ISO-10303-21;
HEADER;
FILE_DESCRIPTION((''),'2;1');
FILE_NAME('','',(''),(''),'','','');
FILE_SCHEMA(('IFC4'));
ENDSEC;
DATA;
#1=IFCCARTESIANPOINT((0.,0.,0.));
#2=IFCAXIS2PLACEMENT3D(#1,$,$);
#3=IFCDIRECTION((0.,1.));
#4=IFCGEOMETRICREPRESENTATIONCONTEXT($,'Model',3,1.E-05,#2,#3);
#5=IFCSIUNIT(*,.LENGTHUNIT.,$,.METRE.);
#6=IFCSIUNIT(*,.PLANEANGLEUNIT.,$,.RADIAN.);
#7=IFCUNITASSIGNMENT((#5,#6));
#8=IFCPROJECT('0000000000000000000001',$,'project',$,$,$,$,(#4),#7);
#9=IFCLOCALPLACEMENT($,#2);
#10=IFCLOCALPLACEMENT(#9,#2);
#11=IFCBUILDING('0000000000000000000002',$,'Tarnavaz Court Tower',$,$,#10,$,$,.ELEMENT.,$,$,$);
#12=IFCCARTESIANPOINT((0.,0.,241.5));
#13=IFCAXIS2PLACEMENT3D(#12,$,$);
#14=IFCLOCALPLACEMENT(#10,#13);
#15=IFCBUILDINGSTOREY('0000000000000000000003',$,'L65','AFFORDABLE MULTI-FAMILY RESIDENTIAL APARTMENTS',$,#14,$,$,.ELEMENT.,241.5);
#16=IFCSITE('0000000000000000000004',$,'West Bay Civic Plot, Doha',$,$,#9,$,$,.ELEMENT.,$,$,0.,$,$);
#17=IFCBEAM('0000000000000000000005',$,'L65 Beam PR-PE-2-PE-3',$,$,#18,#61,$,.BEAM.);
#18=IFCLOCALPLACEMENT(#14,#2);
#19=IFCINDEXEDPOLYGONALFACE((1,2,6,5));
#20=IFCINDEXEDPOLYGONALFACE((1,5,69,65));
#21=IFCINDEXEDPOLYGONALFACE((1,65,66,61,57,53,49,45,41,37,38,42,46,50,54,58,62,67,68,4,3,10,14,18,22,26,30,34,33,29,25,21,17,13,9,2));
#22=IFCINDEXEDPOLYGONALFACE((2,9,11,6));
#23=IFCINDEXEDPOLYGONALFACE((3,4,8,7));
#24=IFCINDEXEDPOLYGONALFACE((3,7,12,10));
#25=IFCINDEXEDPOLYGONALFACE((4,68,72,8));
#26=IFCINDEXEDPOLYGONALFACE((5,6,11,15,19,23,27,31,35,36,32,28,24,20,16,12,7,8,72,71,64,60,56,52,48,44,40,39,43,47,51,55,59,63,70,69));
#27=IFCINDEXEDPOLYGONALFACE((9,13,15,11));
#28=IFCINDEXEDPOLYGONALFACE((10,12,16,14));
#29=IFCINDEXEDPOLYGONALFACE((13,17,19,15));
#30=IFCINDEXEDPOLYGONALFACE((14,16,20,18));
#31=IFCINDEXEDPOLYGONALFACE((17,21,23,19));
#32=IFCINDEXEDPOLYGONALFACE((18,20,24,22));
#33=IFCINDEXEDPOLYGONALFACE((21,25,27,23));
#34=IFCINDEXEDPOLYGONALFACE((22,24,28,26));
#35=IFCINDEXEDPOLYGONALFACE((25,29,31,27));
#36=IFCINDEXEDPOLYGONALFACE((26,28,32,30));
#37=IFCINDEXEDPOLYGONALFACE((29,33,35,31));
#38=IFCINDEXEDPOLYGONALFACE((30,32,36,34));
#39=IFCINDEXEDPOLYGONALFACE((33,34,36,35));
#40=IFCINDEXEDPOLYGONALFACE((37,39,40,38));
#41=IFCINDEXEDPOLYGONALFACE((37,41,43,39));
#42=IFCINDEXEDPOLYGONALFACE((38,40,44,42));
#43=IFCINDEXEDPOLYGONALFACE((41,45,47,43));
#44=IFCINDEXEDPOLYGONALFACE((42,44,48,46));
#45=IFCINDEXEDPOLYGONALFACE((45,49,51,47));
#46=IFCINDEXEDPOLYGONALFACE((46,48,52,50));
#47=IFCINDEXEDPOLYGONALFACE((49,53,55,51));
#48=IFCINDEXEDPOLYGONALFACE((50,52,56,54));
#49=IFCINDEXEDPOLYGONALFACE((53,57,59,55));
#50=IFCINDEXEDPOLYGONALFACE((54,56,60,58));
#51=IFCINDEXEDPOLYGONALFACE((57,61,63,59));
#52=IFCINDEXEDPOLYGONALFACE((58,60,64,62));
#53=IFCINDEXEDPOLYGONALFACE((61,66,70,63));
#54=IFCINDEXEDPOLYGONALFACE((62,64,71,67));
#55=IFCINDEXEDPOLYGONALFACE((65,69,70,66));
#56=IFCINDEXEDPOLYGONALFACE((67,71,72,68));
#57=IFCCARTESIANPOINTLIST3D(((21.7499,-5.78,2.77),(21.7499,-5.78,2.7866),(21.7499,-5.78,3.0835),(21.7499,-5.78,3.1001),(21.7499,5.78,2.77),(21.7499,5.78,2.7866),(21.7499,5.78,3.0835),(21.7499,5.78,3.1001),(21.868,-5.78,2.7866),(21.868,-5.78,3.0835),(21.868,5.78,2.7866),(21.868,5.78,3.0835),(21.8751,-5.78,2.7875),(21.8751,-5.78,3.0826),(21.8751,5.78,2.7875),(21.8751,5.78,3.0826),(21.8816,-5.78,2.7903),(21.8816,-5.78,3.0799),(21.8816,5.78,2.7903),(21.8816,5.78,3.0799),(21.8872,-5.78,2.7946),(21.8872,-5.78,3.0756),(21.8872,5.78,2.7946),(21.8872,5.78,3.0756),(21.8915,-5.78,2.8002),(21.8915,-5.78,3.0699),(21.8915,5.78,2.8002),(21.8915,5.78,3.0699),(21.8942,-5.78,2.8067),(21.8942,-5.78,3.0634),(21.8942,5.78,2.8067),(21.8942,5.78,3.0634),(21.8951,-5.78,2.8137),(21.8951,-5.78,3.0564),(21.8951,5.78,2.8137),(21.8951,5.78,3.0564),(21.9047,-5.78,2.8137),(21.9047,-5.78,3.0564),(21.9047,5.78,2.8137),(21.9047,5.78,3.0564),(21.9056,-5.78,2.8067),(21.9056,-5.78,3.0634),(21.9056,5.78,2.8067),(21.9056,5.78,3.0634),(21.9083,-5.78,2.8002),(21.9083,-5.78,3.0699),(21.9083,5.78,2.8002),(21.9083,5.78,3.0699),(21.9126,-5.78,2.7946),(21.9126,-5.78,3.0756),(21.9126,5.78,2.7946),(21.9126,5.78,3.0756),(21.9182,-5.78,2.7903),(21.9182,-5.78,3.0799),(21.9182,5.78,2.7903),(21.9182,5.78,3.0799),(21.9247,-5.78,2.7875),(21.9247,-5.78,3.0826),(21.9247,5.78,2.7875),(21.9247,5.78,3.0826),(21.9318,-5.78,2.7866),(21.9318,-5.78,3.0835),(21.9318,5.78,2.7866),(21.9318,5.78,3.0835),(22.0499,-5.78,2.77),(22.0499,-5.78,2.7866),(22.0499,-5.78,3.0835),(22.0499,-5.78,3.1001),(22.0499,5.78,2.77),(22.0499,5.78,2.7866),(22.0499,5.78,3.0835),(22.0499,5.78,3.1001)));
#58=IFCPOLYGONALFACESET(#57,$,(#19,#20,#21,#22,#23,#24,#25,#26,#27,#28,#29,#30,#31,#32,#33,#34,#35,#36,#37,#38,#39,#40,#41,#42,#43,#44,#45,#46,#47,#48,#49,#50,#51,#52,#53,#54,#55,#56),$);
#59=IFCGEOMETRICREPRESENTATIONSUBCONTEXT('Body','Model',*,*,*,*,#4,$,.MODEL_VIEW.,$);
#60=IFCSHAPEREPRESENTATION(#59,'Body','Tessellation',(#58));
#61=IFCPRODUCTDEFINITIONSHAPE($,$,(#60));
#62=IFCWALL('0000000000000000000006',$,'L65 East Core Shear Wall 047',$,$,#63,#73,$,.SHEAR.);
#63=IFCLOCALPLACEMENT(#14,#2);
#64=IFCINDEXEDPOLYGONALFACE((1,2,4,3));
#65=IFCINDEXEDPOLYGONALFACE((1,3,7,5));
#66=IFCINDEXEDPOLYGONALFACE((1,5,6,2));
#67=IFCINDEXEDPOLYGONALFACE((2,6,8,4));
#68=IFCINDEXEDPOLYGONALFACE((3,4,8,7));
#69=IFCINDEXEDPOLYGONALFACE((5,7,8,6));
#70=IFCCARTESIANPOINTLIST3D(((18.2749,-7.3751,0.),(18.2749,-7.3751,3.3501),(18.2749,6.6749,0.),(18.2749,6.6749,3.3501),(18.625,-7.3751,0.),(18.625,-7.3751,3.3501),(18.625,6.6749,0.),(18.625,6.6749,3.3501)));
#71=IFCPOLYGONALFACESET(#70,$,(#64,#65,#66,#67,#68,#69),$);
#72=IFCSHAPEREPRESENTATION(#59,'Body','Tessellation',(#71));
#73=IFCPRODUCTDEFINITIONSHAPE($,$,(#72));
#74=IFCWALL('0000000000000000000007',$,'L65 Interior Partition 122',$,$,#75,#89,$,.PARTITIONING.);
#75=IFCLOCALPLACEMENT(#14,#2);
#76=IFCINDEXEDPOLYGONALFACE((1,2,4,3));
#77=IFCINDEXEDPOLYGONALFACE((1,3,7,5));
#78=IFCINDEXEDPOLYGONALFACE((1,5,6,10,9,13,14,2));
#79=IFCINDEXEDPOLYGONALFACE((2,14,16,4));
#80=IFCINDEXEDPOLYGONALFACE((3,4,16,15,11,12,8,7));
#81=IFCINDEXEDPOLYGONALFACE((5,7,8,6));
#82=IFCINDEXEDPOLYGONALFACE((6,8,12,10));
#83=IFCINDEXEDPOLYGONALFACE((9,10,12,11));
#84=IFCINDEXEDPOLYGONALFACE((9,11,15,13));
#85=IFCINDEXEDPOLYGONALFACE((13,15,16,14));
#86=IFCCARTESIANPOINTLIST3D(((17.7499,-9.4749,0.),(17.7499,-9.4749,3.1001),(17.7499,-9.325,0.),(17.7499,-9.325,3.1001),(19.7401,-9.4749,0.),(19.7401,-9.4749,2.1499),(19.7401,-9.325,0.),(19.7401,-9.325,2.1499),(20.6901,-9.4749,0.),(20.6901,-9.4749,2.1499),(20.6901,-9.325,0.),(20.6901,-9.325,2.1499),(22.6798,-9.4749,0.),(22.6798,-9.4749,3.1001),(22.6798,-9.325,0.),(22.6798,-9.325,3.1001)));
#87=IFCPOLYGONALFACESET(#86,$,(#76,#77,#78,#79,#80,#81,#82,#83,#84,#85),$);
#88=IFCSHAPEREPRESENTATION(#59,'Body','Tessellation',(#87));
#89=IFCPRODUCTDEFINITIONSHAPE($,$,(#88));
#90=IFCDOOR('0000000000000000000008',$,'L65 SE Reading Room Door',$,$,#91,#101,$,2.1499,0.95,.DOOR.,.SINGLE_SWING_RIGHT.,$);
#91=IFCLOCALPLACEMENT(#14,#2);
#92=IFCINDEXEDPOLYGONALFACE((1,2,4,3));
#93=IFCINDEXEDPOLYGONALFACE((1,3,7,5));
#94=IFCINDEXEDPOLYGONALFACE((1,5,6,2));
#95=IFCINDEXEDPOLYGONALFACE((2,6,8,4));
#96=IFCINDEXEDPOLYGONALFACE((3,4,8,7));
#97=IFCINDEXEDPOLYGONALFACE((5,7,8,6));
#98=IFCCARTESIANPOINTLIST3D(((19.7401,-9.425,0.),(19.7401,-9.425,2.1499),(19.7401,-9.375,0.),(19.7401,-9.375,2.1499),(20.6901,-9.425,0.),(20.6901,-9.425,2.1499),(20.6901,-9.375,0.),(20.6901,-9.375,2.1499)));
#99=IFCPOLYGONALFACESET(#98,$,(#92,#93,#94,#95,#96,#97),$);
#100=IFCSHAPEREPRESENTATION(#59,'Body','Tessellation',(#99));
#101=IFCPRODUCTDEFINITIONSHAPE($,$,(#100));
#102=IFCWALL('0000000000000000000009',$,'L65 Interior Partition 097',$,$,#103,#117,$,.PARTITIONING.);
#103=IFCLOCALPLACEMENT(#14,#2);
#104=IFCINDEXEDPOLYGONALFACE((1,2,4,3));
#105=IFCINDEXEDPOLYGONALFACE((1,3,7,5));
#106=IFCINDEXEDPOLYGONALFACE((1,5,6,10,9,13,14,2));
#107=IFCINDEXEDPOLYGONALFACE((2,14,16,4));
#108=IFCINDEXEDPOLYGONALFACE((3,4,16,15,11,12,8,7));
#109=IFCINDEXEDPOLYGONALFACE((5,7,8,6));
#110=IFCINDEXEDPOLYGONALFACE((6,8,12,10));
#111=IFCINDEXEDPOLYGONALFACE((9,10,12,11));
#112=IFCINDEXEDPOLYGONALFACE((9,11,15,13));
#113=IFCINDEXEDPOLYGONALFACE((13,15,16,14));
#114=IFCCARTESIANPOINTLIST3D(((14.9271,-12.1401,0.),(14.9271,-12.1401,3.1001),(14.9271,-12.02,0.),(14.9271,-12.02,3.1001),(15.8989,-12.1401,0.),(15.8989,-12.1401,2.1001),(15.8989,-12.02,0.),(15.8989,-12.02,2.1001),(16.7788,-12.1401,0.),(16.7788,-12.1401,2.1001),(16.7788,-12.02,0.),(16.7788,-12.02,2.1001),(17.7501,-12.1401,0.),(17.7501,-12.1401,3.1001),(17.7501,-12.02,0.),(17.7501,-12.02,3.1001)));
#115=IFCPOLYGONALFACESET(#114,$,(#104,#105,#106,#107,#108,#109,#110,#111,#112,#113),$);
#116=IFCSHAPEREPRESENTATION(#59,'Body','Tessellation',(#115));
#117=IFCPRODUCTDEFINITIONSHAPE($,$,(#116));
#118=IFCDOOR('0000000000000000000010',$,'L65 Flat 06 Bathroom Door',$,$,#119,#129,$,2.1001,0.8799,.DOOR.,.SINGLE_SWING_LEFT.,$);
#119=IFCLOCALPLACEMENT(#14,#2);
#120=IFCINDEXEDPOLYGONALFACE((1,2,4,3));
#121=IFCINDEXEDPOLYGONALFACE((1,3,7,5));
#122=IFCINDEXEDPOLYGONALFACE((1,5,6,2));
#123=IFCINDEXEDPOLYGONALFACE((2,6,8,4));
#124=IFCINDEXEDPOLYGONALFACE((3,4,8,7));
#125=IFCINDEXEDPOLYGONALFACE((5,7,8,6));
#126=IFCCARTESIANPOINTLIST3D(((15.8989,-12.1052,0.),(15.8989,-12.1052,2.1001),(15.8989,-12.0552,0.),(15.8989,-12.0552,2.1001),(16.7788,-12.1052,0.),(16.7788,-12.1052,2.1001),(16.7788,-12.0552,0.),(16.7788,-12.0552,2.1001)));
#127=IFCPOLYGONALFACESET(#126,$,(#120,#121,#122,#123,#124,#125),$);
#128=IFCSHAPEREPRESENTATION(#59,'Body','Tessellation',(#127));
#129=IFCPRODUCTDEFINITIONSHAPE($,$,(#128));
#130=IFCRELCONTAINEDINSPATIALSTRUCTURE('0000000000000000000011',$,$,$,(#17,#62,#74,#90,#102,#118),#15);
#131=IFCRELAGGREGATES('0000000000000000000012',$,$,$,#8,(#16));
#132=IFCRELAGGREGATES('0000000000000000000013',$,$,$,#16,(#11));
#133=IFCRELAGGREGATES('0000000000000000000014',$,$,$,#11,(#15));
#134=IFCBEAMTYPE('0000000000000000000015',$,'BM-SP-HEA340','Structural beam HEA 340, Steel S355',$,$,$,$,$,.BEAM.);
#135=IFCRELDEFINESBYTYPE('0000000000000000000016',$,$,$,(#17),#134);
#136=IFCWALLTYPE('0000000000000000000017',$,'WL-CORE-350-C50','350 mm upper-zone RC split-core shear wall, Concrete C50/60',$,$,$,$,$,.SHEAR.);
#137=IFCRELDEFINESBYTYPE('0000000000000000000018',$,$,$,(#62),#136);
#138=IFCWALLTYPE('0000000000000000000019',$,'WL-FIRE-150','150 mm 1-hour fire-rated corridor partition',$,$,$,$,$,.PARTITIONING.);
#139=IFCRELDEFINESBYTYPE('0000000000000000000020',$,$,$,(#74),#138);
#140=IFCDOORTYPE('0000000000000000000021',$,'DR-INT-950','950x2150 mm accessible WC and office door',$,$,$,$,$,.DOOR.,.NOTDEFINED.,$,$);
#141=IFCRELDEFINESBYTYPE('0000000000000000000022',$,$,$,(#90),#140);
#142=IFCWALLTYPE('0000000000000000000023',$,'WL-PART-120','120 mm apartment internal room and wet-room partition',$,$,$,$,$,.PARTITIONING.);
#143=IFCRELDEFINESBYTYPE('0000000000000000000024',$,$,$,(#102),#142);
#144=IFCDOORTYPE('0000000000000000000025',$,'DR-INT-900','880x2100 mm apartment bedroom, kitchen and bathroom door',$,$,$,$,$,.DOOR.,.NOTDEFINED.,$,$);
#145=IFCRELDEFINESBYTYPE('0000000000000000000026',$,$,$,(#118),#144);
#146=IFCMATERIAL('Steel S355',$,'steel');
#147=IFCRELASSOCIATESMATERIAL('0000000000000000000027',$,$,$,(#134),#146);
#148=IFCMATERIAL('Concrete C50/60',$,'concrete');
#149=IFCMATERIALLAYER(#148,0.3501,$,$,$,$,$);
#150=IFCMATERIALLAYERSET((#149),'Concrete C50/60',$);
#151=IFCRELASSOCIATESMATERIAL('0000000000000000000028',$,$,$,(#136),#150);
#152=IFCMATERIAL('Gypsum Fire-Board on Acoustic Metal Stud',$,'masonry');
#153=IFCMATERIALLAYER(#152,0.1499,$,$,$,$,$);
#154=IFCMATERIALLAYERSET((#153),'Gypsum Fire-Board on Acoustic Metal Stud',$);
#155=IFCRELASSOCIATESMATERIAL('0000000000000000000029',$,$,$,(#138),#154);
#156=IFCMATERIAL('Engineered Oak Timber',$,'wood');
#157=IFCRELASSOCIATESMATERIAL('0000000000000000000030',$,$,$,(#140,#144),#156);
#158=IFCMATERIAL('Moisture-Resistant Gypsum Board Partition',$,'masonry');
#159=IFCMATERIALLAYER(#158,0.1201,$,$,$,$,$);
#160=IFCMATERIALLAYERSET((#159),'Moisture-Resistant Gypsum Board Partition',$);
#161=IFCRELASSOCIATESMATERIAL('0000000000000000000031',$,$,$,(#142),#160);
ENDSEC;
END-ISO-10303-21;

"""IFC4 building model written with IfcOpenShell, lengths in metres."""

from ifc_helpers import new_model, si_unit, direction, frame, frame_2d, origin, origin_2d, place, context, subcontext, project, spatial, rectangle, i_section, extrude, material, layer, layer_set, material_profile, profile_set, type_object, element, fill, save


model = new_model("IFC4")

# Units and contexts
model_context = context("Model", 3, precision=1e-05, world=origin(), true_north=direction((0.0, 1.0)))
body_context = subcontext(model_context, "Body", "Model", "MODEL_VIEW")
ifc_project = project(units=[si_unit("LENGTHUNIT", "METRE"), si_unit("PLANEANGLEUNIT", "RADIAN")], contexts=[model_context])

# Site, building, storey
site_placement = place(None, origin())
site = spatial("IfcSite", under=ifc_project, at=site_placement, Name="West Bay Civic Plot, Doha", CompositionType="ELEMENT", RefElevation=0.0)
building_placement = place(site_placement, origin())
building = spatial("IfcBuilding", under=site, at=building_placement, Name="Tarnavaz Court Tower", CompositionType="ELEMENT")
storey_placement = place(building_placement, frame((0.0, 0.0, 241.5)))
storey = spatial("IfcBuildingStorey", under=building, at=storey_placement, Name="L65", Description="AFFORDABLE MULTI-FAMILY RESIDENTIAL APARTMENTS", CompositionType="ELEMENT", Elevation=241.5)

# Shared definitions
ifc_material_1 = material(Name="Concrete C50/60", Category="concrete")

# Beam
ifc_material_2 = material(Name="Steel S355", Category="steel")
ifc_material_profile_1 = material_profile(ifc_material_2, i_section(OverallWidth=0.3, OverallDepth=0.3301, WebThickness=0.0095, FlangeThickness=0.0166, FilletRadius=0.0271, at=origin_2d()), Name="HEA 340")
ifc_profile_set_1 = profile_set([ifc_material_profile_1], Name="Steel S355")
beam_type_1 = type_object("IfcBeamType", Name="BM-SP-HEA340", Description="Structural beam HEA 340, Steel S355", PredefinedType="BEAM", material=ifc_profile_set_1)
beam_1_placement = place(storey_placement, frame((21.8999, -5.78, 2.9351), z_axis=(0.0, 1.0, 0.0), x_axis=(-1.0, 0.0, 0.0)))
element("IfcBeam", 1, at=beam_1_placement, inside=storey, type_object=beam_type_1, Name="L65 Beam PR-PE-2-PE-3", PredefinedType="BEAM", context=body_context, shape_type="SweptSolid", body=[
    extrude(i_section(OverallWidth=0.3, OverallDepth=0.3301, WebThickness=0.0095, FlangeThickness=0.0166, FilletRadius=0.0271, at=origin_2d()), origin(), (0.0, 0.0, 1.0), 11.5601),
])

# Wall
ifc_layer_1 = layer(ifc_material_1, 0.3501)
ifc_layer_set_1 = layer_set([ifc_layer_1], Name="Concrete C50/60")
wall_type_1 = type_object("IfcWallType", Name="WL-CORE-350-C50", Description="350 mm upper-zone RC split-core shear wall, Concrete C50/60", PredefinedType="SHEAR", material=ifc_layer_set_1)
wall_1_placement = place(storey_placement, frame((18.45, -7.375, 0.0), z_axis=(0.0, 0.0, 1.0), x_axis=(0.0, 1.0, 0.0)))
element("IfcWall", 2, at=wall_1_placement, inside=storey, type_object=wall_type_1, Name="L65 East Core Shear Wall 047", PredefinedType="SHEAR", context=body_context, shape_type="SweptSolid", body=[
    extrude(rectangle(XDim=14.05, YDim=0.3501, at=frame_2d((7.0249, 0.0))), origin(), (0.0, 0.0, 1.0), 3.3501),
])

# Walls, openings, doors
ifc_material_3 = material(Name="Gypsum Fire-Board on Acoustic Metal Stud", Category="masonry")
ifc_layer_2 = layer(ifc_material_3, 0.1499)
ifc_layer_set_2 = layer_set([ifc_layer_2], Name="Gypsum Fire-Board on Acoustic Metal Stud")
wall_type_2 = type_object("IfcWallType", Name="WL-FIRE-150", Description="150 mm 1-hour fire-rated corridor partition", PredefinedType="PARTITIONING", material=ifc_layer_set_2)
wall_2_placement = place(storey_placement, frame((17.75, -9.3999, 0.0), z_axis=(0.0, 0.0, 1.0), x_axis=(1.0, 0.0, 0.0)))
wall_2 = element("IfcWall", 3, at=wall_2_placement, inside=storey, type_object=wall_type_2, Name="L65 Interior Partition 122", PredefinedType="PARTITIONING", context=body_context, shape_type="SweptSolid", body=[
    extrude(rectangle(XDim=4.9299, YDim=0.1499, at=frame_2d((2.4648, 0.0))), origin(), (0.0, 0.0, 1.0), 3.1001),
])
opening_1_placement = place(wall_2_placement, frame((1.99, 0.0, 0.0)))
opening_1 = element("IfcOpeningElement", 4, at=opening_1_placement, cuts=wall_2, PredefinedType="OPENING", context=body_context, shape_type="SweptSolid", body=[
    extrude(rectangle(XDim=0.95, YDim=2.1499, at=frame_2d((0.4751, 1.075))), frame((0.0, 0.085, 0.0), z_axis=(0.0, -1.0, 0.0), x_axis=(1.0, 0.0, 0.0)), (0.0, 0.0, 1.0), 0.1699),
])
ifc_material_4 = material(Name="Engineered Oak Timber", Category="wood")
door_type_1 = type_object("IfcDoorType", Name="DR-INT-950", Description="950x2150 mm accessible WC and office door", OperationType="NOTDEFINED", PredefinedType="DOOR", material=ifc_material_4)
door_1_placement = place(opening_1_placement, origin())
door_1 = element("IfcDoor", 5, at=door_1_placement, inside=storey, type_object=door_type_1, Name="L65 SE Reading Room Door", OperationType="SINGLE_SWING_RIGHT", OverallHeight=2.1499, OverallWidth=0.95, PredefinedType="DOOR", context=body_context, shape_type="SweptSolid", body=[
    extrude(rectangle(XDim=0.95, YDim=2.1499, at=frame_2d((0.4751, 1.075))), frame((0.0, 0.0249, 0.0), z_axis=(0.0, -1.0, 0.0), x_axis=(1.0, 0.0, 0.0)), (0.0, 0.0, 1.0), 0.05),
])
fill(opening_1, door_1)
ifc_material_5 = material(Name="Moisture-Resistant Gypsum Board Partition", Category="masonry")
ifc_layer_3 = layer(ifc_material_5, 0.1201)
ifc_layer_set_3 = layer_set([ifc_layer_3], Name="Moisture-Resistant Gypsum Board Partition")
wall_type_3 = type_object("IfcWallType", Name="WL-PART-120", Description="120 mm apartment internal room and wet-room partition", PredefinedType="PARTITIONING", material=ifc_layer_set_3)
wall_3_placement = place(storey_placement, frame((14.927, -12.0801, 0.0), z_axis=(0.0, 0.0, 1.0), x_axis=(1.0, 0.0, 0.0)))
wall_3 = element("IfcWall", 6, at=wall_3_placement, inside=storey, type_object=wall_type_3, Name="L65 Interior Partition 097", PredefinedType="PARTITIONING", context=body_context, shape_type="SweptSolid", body=[
    extrude(rectangle(XDim=2.823, YDim=0.1201, at=frame_2d((1.4116, 0.0))), origin(), (0.0, 0.0, 1.0), 3.1001),
])
opening_2_placement = place(wall_3_placement, frame((0.9719, 0.0, 0.0)))
opening_2 = element("IfcOpeningElement", 7, at=opening_2_placement, cuts=wall_3, PredefinedType="OPENING", context=body_context, shape_type="SweptSolid", body=[
    extrude(rectangle(XDim=0.8799, YDim=2.1001, at=frame_2d((0.4399, 1.05))), frame((0.0, 0.0701, 0.0), z_axis=(0.0, -1.0, 0.0), x_axis=(1.0, 0.0, 0.0)), (0.0, 0.0, 1.0), 0.1401),
])
door_type_2 = type_object("IfcDoorType", Name="DR-INT-900", Description="880x2100 mm apartment bedroom, kitchen and bathroom door", OperationType="NOTDEFINED", PredefinedType="DOOR", material=ifc_material_4)
door_2_placement = place(opening_2_placement, origin())
door_2 = element("IfcDoor", 8, at=door_2_placement, inside=storey, type_object=door_type_2, Name="L65 Flat 06 Bathroom Door", OperationType="SINGLE_SWING_LEFT", OverallHeight=2.1001, OverallWidth=0.8799, PredefinedType="DOOR", context=body_context, shape_type="SweptSolid", body=[
    extrude(rectangle(XDim=0.8799, YDim=2.1001, at=frame_2d((0.4399, 1.05))), frame((0.0, 0.0249, 0.0), z_axis=(0.0, -1.0, 0.0), x_axis=(1.0, 0.0, 0.0)), (0.0, 0.0, 1.0), 0.05),
])
fill(opening_2, door_2)

save(model, "model.ifc")
